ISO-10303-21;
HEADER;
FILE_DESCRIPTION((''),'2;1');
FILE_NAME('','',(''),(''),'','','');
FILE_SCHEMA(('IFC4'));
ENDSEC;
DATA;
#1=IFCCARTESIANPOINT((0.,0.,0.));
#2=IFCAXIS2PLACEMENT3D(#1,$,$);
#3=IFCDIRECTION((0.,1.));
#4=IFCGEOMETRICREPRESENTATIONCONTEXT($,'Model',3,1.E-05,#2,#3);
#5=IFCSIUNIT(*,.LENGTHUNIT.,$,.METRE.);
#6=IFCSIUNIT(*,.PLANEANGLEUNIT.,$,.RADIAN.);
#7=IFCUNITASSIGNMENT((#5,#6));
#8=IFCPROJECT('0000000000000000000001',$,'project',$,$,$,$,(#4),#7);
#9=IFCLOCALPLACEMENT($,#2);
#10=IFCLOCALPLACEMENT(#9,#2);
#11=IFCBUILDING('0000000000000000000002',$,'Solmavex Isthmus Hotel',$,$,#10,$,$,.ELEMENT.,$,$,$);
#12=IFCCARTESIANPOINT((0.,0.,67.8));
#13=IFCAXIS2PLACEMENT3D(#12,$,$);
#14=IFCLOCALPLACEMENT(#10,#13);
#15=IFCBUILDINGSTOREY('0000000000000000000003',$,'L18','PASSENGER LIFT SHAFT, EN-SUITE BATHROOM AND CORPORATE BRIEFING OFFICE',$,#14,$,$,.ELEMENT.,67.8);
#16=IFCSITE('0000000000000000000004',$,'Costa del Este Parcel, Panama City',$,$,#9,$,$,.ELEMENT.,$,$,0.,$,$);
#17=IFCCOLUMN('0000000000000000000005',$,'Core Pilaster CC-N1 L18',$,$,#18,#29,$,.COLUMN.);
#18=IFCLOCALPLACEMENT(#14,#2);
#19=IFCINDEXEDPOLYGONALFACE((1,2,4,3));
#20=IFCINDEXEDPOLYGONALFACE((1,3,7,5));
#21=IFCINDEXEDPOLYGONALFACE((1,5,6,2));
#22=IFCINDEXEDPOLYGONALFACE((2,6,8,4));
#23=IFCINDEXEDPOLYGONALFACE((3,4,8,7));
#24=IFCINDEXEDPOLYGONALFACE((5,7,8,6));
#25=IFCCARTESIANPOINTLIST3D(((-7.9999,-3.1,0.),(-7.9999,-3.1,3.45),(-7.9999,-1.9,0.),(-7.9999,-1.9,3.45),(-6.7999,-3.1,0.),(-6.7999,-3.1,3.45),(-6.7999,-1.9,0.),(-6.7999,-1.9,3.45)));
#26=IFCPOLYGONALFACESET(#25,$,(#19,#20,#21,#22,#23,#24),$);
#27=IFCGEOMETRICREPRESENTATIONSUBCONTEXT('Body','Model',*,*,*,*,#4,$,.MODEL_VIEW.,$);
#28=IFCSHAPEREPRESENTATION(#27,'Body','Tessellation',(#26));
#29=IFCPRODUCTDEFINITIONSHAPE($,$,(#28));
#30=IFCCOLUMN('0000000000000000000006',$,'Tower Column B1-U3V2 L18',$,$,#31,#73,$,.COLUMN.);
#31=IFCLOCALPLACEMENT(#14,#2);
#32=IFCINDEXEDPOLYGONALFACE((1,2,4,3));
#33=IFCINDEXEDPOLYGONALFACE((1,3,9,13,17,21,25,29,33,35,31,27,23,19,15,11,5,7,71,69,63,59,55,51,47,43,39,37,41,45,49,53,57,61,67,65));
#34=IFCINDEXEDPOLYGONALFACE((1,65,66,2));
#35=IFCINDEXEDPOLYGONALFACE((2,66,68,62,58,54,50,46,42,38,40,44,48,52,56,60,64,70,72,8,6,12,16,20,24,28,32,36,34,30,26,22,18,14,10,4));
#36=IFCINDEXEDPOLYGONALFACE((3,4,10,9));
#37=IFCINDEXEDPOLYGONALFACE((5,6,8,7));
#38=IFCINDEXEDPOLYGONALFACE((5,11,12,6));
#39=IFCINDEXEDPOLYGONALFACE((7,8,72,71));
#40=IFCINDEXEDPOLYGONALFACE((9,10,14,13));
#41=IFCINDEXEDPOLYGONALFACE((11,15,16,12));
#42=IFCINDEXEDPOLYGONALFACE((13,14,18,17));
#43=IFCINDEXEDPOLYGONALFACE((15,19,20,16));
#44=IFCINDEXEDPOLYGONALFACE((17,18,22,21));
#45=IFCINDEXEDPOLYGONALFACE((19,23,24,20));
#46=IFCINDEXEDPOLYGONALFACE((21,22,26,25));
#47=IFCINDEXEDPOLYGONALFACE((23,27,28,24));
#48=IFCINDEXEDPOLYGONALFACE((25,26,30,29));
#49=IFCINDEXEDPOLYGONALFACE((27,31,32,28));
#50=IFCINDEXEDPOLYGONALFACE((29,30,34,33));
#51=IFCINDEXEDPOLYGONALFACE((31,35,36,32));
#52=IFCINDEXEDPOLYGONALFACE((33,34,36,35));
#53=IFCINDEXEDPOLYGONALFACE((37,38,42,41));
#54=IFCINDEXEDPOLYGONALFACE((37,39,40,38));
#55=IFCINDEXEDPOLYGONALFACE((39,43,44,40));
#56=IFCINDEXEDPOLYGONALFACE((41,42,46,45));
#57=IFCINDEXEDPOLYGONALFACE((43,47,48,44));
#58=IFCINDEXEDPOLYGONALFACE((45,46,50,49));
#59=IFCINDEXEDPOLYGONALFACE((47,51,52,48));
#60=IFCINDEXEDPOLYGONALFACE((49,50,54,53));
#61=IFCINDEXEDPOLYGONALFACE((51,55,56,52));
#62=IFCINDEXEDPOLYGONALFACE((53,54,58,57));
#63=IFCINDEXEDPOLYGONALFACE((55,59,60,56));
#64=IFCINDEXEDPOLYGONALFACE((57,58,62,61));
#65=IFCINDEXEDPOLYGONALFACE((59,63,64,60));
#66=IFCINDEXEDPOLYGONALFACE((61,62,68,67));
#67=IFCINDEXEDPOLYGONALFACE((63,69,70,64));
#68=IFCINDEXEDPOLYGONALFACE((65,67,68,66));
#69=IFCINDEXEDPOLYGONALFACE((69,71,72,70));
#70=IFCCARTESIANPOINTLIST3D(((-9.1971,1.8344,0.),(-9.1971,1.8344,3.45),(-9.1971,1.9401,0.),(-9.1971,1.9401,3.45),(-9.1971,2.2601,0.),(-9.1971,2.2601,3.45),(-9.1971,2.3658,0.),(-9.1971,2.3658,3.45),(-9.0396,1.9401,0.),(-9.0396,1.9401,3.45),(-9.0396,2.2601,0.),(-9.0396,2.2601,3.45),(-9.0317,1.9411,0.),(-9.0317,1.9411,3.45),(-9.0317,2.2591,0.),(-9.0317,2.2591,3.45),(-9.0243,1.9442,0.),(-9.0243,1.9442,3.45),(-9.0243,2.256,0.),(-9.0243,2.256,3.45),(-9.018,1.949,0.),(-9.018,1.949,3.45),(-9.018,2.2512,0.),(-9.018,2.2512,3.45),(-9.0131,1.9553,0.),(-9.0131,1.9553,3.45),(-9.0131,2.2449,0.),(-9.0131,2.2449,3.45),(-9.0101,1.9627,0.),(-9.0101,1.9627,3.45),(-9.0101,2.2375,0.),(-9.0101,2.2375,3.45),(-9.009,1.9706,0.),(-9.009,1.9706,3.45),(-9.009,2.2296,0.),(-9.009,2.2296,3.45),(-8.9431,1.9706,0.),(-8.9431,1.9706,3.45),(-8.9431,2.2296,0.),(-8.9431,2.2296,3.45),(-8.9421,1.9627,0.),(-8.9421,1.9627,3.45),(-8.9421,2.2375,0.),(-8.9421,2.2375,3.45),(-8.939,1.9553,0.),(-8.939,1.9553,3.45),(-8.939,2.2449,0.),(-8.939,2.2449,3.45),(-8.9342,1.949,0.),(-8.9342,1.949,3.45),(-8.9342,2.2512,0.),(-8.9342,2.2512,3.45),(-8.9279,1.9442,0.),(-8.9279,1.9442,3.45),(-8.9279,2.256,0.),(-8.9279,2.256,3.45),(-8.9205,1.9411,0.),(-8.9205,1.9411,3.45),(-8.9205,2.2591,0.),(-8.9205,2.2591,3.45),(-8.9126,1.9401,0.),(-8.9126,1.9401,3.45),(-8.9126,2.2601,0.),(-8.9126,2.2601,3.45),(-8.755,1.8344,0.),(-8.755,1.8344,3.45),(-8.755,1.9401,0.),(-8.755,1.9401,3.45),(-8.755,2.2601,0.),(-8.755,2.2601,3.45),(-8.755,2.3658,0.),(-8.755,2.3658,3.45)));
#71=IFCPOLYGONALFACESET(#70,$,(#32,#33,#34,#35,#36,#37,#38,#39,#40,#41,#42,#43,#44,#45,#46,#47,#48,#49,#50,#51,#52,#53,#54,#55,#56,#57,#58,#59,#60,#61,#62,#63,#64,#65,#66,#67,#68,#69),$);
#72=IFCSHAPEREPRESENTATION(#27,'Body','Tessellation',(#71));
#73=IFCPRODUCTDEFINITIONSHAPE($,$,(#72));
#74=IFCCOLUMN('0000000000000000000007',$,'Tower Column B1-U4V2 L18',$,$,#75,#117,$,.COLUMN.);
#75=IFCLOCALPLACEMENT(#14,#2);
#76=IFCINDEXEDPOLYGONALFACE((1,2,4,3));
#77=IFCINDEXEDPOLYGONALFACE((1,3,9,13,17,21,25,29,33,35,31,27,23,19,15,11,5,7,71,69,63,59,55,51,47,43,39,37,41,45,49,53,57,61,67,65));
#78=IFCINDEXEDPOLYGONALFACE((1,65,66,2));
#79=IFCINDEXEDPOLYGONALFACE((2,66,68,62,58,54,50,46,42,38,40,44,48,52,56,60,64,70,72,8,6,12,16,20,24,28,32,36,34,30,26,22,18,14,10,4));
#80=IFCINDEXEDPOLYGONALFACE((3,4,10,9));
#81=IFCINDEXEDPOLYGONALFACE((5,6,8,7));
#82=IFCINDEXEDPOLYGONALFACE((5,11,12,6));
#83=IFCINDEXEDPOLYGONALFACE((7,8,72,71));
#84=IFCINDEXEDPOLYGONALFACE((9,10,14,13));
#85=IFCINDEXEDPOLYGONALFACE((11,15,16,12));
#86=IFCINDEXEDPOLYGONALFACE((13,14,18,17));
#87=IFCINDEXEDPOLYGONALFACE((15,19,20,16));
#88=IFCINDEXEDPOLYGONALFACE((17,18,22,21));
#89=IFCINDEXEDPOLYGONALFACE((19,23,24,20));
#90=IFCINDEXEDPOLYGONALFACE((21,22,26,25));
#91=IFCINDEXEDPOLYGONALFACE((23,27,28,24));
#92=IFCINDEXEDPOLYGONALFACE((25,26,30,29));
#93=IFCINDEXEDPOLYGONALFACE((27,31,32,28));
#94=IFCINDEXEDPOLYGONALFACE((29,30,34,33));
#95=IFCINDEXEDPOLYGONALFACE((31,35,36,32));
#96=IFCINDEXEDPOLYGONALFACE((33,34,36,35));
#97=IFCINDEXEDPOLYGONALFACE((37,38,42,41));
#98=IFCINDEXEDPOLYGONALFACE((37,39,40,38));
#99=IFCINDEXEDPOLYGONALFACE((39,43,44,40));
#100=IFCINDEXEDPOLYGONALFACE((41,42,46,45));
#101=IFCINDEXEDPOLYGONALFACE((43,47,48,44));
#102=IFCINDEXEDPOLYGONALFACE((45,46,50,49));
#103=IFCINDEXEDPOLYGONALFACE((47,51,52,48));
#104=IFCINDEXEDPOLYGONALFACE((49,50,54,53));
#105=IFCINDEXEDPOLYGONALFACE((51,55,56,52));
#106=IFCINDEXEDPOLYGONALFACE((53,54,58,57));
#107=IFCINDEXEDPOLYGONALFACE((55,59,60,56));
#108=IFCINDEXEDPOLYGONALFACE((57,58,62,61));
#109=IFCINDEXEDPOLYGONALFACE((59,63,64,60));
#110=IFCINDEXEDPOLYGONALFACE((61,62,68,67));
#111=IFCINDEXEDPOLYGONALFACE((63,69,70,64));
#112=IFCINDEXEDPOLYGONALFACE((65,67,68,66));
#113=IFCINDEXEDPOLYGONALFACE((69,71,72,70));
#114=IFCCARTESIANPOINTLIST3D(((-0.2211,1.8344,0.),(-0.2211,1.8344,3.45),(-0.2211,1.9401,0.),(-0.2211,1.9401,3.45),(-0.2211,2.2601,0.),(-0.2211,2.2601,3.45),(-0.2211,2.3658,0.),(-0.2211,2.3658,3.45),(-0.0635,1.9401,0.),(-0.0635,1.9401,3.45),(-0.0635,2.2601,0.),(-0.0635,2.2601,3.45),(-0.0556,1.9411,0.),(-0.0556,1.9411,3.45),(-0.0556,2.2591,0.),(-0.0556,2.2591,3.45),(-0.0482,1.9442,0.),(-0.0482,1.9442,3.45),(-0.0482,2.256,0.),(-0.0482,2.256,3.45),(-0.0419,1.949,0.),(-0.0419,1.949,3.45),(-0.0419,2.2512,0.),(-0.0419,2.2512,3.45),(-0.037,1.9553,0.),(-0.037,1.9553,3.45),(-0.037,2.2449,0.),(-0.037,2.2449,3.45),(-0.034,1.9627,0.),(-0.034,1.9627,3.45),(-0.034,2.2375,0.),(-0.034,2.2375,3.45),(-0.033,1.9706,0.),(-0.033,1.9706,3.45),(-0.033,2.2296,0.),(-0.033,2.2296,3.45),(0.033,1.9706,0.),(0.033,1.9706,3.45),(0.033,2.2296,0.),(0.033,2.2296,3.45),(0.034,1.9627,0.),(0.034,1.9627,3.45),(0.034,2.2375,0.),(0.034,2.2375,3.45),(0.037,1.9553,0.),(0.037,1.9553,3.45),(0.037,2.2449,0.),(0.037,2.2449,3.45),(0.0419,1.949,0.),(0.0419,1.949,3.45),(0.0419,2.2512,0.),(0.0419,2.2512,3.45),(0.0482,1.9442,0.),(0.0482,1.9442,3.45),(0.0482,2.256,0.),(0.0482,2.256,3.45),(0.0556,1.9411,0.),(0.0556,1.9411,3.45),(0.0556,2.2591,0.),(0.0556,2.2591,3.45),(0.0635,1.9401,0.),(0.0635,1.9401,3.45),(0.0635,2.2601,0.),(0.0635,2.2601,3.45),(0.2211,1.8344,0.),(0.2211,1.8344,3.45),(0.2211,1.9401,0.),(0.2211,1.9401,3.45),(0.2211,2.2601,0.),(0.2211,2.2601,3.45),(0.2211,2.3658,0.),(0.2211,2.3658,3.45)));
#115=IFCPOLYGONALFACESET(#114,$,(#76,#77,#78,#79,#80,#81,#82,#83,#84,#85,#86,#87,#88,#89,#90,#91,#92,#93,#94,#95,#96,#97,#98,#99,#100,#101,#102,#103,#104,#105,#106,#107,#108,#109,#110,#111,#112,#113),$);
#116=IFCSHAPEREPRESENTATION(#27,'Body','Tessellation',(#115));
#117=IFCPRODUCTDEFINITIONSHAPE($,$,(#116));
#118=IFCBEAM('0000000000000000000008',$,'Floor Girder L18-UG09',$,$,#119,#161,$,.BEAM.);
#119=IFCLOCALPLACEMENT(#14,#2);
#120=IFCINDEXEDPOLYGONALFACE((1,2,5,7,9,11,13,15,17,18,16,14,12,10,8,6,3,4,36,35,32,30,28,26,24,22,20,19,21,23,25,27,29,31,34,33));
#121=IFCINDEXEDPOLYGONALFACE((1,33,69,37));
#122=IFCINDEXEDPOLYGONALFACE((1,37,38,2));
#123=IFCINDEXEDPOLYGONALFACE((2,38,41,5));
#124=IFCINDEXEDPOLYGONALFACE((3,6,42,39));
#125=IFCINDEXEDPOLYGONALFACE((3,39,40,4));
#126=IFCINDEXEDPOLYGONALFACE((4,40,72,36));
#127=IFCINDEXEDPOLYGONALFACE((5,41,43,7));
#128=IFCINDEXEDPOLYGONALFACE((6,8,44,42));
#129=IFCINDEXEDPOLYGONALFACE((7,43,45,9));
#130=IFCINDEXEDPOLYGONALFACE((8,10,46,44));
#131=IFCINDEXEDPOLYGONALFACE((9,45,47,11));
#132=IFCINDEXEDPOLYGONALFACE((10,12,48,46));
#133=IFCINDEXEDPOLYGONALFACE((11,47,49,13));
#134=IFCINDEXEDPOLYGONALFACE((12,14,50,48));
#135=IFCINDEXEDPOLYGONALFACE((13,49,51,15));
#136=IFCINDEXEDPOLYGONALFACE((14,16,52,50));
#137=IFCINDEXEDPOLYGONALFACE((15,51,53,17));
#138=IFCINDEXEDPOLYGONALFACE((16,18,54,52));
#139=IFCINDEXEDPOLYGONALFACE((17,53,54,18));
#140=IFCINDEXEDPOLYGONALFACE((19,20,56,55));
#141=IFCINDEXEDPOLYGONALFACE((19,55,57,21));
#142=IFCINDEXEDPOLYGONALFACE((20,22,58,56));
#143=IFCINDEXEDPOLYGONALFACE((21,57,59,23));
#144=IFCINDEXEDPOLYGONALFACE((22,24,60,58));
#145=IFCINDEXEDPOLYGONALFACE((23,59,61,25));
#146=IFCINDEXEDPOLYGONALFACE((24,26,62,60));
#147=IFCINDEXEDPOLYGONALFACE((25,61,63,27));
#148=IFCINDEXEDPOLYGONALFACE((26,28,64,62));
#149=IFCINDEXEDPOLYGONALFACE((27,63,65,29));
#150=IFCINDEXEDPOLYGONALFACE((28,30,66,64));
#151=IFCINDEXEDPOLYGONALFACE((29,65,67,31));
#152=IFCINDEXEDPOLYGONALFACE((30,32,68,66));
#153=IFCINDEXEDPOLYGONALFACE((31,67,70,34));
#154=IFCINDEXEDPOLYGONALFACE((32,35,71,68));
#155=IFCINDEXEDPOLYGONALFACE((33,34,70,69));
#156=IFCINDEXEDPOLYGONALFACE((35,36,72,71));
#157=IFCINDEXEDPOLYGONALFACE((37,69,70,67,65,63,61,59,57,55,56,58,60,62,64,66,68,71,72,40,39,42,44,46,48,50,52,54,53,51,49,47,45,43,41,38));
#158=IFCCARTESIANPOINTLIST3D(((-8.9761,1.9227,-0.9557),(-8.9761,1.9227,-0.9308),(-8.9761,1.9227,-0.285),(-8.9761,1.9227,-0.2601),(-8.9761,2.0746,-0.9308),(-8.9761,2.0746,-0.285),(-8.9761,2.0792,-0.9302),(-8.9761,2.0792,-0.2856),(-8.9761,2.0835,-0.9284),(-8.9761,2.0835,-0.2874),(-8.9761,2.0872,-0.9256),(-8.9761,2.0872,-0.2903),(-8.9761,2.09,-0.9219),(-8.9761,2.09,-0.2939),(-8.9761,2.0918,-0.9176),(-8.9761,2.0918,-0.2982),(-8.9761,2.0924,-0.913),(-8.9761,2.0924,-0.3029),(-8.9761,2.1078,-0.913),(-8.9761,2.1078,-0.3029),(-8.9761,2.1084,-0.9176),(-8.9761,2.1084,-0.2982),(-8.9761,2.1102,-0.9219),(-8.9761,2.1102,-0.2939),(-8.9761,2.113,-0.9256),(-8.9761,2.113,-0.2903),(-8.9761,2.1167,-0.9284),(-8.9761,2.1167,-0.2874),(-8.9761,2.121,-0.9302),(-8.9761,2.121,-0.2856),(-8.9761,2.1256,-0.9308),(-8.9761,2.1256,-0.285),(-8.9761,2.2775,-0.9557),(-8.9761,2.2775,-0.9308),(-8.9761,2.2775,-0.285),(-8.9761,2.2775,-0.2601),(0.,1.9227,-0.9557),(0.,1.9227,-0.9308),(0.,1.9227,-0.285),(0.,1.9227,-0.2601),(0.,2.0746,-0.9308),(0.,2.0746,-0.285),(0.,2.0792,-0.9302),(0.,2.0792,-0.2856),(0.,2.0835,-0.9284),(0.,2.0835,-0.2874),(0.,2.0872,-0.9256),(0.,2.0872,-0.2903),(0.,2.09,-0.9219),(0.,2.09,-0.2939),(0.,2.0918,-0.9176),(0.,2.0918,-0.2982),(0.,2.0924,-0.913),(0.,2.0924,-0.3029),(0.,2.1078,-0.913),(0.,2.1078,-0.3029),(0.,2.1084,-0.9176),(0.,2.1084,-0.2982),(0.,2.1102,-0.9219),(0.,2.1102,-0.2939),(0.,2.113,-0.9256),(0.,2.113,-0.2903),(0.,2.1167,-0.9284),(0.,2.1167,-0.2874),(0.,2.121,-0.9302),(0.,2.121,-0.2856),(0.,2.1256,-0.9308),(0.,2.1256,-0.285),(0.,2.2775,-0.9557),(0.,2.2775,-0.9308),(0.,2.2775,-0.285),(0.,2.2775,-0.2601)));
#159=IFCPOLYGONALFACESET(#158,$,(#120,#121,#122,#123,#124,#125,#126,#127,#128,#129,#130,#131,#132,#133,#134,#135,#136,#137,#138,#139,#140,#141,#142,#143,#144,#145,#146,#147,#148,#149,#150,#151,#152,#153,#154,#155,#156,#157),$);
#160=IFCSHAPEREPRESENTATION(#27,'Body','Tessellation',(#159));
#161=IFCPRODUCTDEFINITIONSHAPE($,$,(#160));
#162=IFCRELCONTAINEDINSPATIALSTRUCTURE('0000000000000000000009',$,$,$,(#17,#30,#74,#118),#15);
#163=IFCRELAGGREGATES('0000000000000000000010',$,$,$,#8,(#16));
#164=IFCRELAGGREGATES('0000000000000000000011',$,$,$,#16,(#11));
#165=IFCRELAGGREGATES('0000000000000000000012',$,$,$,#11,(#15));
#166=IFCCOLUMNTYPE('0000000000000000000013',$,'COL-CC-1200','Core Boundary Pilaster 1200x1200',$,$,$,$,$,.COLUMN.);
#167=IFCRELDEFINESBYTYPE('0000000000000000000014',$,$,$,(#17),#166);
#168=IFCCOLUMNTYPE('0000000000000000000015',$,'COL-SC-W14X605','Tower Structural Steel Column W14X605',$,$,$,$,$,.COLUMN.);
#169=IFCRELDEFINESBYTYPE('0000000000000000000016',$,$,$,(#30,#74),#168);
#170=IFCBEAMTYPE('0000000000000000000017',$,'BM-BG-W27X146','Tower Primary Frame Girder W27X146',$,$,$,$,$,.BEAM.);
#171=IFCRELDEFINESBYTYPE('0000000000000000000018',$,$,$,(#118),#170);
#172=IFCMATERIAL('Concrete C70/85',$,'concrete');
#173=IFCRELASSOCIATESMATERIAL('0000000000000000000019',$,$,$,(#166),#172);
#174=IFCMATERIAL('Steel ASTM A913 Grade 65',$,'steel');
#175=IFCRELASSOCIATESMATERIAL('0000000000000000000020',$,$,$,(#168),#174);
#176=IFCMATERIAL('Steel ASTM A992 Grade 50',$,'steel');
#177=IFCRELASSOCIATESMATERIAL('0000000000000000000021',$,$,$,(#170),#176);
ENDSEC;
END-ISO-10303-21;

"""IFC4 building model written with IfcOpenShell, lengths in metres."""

from ifc_helpers import new_model, si_unit, direction, frame, origin, origin_2d, place, context, subcontext, project, spatial, rectangle, i_section, extrude, material, material_profile, profile_set, type_object, element, save


model = new_model("IFC4")

# Units and contexts
model_context = context("Model", 3, precision=1e-05, world=origin(), true_north=direction((0.0, 1.0)))
body_context = subcontext(model_context, "Body", "Model", "MODEL_VIEW")
ifc_project = project(units=[si_unit("LENGTHUNIT", "METRE"), si_unit("PLANEANGLEUNIT", "RADIAN")], contexts=[model_context])

# Site, building, storey
site_placement = place(None, origin())
site = spatial("IfcSite", under=ifc_project, at=site_placement, Name="Costa del Este Parcel, Panama City", CompositionType="ELEMENT", RefElevation=0.0)
building_placement = place(site_placement, origin())
building = spatial("IfcBuilding", under=site, at=building_placement, Name="Solmavex Isthmus Hotel", CompositionType="ELEMENT")
storey_placement = place(building_placement, frame((0.0, 0.0, 67.8)))
storey = spatial("IfcBuildingStorey", under=building, at=storey_placement, Name="L18", Description="PASSENGER LIFT SHAFT, EN-SUITE BATHROOM AND CORPORATE BRIEFING OFFICE", CompositionType="ELEMENT", Elevation=67.8)

# Columns
ifc_material_1 = material(Name="Concrete C70/85", Category="concrete")
ifc_material_profile_1 = material_profile(ifc_material_1, rectangle(XDim=1.2, YDim=1.2, at=origin_2d()), Name="RC1200X1200")
ifc_profile_set_1 = profile_set([ifc_material_profile_1], Name="Concrete C70/85")
column_type_1 = type_object("IfcColumnType", Name="COL-CC-1200", Description="Core Boundary Pilaster 1200x1200", PredefinedType="COLUMN", material=ifc_profile_set_1)
column_placement = place(storey_placement, frame((-7.3999, -2.5, 0.0), z_axis=(0.0, 0.0, 1.0), x_axis=(1.0, 0.0, 0.0)))
element("IfcColumn", 1, at=column_placement, inside=storey, type_object=column_type_1, Name="Core Pilaster CC-N1 L18", PredefinedType="COLUMN", context=body_context, shape_type="SweptSolid", body=[
    extrude(rectangle(XDim=1.2, YDim=1.2, at=origin_2d()), origin(), (0.0, 0.0, 1.0), 3.45),
])
ifc_material_2 = material(Name="Steel ASTM A913 Grade 65", Category="steel")
ifc_material_profile_2 = material_profile(ifc_material_2, i_section(OverallWidth=0.4421, OverallDepth=0.5315, WebThickness=0.0659, FlangeThickness=0.1057, FilletRadius=0.0305, at=origin_2d()), Name="W14X605")
ifc_profile_set_2 = profile_set([ifc_material_profile_2], Name="Steel ASTM A913 Grade 65")
column_type_2 = type_object("IfcColumnType", Name="COL-SC-W14X605", Description="Tower Structural Steel Column W14X605", PredefinedType="COLUMN", material=ifc_profile_set_2)
for number, where, z_axis, x_axis, name in (
    (2, (-8.9761, 2.1001, 0.0), (0.0, 0.0, 1.0), (1.0, 0.0, 0.0), "Tower Column B1-U3V2 L18"),
    (3, (0.0, 2.1001, 0.0), (0.0, 0.0, 1.0), (1.0, 0.0, 0.0), "Tower Column B1-U4V2 L18"),
):
    element("IfcColumn", number, at=place(storey_placement, frame(where, z_axis=z_axis, x_axis=x_axis)), inside=storey, type_object=column_type_2, Name=name, PredefinedType="COLUMN", context=body_context, shape_type="SweptSolid", body=[
        extrude(i_section(OverallWidth=0.4421, OverallDepth=0.5315, WebThickness=0.0659, FlangeThickness=0.1057, FilletRadius=0.0305, at=origin_2d()), origin(), (0.0, 0.0, 1.0), 3.45),
    ])

# Beam
ifc_material_3 = material(Name="Steel ASTM A992 Grade 50", Category="steel")
ifc_material_profile_3 = material_profile(ifc_material_3, i_section(OverallWidth=0.3547, OverallDepth=0.6956, WebThickness=0.0154, FlangeThickness=0.0249, FilletRadius=0.0178, at=origin_2d()), Name="W27X146")
ifc_profile_set_3 = profile_set([ifc_material_profile_3], Name="Steel ASTM A992 Grade 50")
beam_type_1 = type_object("IfcBeamType", Name="BM-BG-W27X146", Description="Tower Primary Frame Girder W27X146", PredefinedType="BEAM", material=ifc_profile_set_3)
for number, where, z_axis, x_axis, name in (
    (4, (-8.9761, 2.1001, -0.6079), (1.0, 0.0, 0.0), (0.0, 1.0, 0.0), "Floor Girder L18-UG09"),
):
    element("IfcBeam", number, at=place(storey_placement, frame(where, z_axis=z_axis, x_axis=x_axis)), inside=storey, type_object=beam_type_1, Name=name, PredefinedType="BEAM", context=body_context, shape_type="SweptSolid", body=[
        extrude(i_section(OverallWidth=0.3547, OverallDepth=0.6956, WebThickness=0.0154, FlangeThickness=0.0249, FilletRadius=0.0178, at=origin_2d()), origin(), (0.0, 0.0, 1.0), 8.9761),
    ])

save(model, "model.ifc")
